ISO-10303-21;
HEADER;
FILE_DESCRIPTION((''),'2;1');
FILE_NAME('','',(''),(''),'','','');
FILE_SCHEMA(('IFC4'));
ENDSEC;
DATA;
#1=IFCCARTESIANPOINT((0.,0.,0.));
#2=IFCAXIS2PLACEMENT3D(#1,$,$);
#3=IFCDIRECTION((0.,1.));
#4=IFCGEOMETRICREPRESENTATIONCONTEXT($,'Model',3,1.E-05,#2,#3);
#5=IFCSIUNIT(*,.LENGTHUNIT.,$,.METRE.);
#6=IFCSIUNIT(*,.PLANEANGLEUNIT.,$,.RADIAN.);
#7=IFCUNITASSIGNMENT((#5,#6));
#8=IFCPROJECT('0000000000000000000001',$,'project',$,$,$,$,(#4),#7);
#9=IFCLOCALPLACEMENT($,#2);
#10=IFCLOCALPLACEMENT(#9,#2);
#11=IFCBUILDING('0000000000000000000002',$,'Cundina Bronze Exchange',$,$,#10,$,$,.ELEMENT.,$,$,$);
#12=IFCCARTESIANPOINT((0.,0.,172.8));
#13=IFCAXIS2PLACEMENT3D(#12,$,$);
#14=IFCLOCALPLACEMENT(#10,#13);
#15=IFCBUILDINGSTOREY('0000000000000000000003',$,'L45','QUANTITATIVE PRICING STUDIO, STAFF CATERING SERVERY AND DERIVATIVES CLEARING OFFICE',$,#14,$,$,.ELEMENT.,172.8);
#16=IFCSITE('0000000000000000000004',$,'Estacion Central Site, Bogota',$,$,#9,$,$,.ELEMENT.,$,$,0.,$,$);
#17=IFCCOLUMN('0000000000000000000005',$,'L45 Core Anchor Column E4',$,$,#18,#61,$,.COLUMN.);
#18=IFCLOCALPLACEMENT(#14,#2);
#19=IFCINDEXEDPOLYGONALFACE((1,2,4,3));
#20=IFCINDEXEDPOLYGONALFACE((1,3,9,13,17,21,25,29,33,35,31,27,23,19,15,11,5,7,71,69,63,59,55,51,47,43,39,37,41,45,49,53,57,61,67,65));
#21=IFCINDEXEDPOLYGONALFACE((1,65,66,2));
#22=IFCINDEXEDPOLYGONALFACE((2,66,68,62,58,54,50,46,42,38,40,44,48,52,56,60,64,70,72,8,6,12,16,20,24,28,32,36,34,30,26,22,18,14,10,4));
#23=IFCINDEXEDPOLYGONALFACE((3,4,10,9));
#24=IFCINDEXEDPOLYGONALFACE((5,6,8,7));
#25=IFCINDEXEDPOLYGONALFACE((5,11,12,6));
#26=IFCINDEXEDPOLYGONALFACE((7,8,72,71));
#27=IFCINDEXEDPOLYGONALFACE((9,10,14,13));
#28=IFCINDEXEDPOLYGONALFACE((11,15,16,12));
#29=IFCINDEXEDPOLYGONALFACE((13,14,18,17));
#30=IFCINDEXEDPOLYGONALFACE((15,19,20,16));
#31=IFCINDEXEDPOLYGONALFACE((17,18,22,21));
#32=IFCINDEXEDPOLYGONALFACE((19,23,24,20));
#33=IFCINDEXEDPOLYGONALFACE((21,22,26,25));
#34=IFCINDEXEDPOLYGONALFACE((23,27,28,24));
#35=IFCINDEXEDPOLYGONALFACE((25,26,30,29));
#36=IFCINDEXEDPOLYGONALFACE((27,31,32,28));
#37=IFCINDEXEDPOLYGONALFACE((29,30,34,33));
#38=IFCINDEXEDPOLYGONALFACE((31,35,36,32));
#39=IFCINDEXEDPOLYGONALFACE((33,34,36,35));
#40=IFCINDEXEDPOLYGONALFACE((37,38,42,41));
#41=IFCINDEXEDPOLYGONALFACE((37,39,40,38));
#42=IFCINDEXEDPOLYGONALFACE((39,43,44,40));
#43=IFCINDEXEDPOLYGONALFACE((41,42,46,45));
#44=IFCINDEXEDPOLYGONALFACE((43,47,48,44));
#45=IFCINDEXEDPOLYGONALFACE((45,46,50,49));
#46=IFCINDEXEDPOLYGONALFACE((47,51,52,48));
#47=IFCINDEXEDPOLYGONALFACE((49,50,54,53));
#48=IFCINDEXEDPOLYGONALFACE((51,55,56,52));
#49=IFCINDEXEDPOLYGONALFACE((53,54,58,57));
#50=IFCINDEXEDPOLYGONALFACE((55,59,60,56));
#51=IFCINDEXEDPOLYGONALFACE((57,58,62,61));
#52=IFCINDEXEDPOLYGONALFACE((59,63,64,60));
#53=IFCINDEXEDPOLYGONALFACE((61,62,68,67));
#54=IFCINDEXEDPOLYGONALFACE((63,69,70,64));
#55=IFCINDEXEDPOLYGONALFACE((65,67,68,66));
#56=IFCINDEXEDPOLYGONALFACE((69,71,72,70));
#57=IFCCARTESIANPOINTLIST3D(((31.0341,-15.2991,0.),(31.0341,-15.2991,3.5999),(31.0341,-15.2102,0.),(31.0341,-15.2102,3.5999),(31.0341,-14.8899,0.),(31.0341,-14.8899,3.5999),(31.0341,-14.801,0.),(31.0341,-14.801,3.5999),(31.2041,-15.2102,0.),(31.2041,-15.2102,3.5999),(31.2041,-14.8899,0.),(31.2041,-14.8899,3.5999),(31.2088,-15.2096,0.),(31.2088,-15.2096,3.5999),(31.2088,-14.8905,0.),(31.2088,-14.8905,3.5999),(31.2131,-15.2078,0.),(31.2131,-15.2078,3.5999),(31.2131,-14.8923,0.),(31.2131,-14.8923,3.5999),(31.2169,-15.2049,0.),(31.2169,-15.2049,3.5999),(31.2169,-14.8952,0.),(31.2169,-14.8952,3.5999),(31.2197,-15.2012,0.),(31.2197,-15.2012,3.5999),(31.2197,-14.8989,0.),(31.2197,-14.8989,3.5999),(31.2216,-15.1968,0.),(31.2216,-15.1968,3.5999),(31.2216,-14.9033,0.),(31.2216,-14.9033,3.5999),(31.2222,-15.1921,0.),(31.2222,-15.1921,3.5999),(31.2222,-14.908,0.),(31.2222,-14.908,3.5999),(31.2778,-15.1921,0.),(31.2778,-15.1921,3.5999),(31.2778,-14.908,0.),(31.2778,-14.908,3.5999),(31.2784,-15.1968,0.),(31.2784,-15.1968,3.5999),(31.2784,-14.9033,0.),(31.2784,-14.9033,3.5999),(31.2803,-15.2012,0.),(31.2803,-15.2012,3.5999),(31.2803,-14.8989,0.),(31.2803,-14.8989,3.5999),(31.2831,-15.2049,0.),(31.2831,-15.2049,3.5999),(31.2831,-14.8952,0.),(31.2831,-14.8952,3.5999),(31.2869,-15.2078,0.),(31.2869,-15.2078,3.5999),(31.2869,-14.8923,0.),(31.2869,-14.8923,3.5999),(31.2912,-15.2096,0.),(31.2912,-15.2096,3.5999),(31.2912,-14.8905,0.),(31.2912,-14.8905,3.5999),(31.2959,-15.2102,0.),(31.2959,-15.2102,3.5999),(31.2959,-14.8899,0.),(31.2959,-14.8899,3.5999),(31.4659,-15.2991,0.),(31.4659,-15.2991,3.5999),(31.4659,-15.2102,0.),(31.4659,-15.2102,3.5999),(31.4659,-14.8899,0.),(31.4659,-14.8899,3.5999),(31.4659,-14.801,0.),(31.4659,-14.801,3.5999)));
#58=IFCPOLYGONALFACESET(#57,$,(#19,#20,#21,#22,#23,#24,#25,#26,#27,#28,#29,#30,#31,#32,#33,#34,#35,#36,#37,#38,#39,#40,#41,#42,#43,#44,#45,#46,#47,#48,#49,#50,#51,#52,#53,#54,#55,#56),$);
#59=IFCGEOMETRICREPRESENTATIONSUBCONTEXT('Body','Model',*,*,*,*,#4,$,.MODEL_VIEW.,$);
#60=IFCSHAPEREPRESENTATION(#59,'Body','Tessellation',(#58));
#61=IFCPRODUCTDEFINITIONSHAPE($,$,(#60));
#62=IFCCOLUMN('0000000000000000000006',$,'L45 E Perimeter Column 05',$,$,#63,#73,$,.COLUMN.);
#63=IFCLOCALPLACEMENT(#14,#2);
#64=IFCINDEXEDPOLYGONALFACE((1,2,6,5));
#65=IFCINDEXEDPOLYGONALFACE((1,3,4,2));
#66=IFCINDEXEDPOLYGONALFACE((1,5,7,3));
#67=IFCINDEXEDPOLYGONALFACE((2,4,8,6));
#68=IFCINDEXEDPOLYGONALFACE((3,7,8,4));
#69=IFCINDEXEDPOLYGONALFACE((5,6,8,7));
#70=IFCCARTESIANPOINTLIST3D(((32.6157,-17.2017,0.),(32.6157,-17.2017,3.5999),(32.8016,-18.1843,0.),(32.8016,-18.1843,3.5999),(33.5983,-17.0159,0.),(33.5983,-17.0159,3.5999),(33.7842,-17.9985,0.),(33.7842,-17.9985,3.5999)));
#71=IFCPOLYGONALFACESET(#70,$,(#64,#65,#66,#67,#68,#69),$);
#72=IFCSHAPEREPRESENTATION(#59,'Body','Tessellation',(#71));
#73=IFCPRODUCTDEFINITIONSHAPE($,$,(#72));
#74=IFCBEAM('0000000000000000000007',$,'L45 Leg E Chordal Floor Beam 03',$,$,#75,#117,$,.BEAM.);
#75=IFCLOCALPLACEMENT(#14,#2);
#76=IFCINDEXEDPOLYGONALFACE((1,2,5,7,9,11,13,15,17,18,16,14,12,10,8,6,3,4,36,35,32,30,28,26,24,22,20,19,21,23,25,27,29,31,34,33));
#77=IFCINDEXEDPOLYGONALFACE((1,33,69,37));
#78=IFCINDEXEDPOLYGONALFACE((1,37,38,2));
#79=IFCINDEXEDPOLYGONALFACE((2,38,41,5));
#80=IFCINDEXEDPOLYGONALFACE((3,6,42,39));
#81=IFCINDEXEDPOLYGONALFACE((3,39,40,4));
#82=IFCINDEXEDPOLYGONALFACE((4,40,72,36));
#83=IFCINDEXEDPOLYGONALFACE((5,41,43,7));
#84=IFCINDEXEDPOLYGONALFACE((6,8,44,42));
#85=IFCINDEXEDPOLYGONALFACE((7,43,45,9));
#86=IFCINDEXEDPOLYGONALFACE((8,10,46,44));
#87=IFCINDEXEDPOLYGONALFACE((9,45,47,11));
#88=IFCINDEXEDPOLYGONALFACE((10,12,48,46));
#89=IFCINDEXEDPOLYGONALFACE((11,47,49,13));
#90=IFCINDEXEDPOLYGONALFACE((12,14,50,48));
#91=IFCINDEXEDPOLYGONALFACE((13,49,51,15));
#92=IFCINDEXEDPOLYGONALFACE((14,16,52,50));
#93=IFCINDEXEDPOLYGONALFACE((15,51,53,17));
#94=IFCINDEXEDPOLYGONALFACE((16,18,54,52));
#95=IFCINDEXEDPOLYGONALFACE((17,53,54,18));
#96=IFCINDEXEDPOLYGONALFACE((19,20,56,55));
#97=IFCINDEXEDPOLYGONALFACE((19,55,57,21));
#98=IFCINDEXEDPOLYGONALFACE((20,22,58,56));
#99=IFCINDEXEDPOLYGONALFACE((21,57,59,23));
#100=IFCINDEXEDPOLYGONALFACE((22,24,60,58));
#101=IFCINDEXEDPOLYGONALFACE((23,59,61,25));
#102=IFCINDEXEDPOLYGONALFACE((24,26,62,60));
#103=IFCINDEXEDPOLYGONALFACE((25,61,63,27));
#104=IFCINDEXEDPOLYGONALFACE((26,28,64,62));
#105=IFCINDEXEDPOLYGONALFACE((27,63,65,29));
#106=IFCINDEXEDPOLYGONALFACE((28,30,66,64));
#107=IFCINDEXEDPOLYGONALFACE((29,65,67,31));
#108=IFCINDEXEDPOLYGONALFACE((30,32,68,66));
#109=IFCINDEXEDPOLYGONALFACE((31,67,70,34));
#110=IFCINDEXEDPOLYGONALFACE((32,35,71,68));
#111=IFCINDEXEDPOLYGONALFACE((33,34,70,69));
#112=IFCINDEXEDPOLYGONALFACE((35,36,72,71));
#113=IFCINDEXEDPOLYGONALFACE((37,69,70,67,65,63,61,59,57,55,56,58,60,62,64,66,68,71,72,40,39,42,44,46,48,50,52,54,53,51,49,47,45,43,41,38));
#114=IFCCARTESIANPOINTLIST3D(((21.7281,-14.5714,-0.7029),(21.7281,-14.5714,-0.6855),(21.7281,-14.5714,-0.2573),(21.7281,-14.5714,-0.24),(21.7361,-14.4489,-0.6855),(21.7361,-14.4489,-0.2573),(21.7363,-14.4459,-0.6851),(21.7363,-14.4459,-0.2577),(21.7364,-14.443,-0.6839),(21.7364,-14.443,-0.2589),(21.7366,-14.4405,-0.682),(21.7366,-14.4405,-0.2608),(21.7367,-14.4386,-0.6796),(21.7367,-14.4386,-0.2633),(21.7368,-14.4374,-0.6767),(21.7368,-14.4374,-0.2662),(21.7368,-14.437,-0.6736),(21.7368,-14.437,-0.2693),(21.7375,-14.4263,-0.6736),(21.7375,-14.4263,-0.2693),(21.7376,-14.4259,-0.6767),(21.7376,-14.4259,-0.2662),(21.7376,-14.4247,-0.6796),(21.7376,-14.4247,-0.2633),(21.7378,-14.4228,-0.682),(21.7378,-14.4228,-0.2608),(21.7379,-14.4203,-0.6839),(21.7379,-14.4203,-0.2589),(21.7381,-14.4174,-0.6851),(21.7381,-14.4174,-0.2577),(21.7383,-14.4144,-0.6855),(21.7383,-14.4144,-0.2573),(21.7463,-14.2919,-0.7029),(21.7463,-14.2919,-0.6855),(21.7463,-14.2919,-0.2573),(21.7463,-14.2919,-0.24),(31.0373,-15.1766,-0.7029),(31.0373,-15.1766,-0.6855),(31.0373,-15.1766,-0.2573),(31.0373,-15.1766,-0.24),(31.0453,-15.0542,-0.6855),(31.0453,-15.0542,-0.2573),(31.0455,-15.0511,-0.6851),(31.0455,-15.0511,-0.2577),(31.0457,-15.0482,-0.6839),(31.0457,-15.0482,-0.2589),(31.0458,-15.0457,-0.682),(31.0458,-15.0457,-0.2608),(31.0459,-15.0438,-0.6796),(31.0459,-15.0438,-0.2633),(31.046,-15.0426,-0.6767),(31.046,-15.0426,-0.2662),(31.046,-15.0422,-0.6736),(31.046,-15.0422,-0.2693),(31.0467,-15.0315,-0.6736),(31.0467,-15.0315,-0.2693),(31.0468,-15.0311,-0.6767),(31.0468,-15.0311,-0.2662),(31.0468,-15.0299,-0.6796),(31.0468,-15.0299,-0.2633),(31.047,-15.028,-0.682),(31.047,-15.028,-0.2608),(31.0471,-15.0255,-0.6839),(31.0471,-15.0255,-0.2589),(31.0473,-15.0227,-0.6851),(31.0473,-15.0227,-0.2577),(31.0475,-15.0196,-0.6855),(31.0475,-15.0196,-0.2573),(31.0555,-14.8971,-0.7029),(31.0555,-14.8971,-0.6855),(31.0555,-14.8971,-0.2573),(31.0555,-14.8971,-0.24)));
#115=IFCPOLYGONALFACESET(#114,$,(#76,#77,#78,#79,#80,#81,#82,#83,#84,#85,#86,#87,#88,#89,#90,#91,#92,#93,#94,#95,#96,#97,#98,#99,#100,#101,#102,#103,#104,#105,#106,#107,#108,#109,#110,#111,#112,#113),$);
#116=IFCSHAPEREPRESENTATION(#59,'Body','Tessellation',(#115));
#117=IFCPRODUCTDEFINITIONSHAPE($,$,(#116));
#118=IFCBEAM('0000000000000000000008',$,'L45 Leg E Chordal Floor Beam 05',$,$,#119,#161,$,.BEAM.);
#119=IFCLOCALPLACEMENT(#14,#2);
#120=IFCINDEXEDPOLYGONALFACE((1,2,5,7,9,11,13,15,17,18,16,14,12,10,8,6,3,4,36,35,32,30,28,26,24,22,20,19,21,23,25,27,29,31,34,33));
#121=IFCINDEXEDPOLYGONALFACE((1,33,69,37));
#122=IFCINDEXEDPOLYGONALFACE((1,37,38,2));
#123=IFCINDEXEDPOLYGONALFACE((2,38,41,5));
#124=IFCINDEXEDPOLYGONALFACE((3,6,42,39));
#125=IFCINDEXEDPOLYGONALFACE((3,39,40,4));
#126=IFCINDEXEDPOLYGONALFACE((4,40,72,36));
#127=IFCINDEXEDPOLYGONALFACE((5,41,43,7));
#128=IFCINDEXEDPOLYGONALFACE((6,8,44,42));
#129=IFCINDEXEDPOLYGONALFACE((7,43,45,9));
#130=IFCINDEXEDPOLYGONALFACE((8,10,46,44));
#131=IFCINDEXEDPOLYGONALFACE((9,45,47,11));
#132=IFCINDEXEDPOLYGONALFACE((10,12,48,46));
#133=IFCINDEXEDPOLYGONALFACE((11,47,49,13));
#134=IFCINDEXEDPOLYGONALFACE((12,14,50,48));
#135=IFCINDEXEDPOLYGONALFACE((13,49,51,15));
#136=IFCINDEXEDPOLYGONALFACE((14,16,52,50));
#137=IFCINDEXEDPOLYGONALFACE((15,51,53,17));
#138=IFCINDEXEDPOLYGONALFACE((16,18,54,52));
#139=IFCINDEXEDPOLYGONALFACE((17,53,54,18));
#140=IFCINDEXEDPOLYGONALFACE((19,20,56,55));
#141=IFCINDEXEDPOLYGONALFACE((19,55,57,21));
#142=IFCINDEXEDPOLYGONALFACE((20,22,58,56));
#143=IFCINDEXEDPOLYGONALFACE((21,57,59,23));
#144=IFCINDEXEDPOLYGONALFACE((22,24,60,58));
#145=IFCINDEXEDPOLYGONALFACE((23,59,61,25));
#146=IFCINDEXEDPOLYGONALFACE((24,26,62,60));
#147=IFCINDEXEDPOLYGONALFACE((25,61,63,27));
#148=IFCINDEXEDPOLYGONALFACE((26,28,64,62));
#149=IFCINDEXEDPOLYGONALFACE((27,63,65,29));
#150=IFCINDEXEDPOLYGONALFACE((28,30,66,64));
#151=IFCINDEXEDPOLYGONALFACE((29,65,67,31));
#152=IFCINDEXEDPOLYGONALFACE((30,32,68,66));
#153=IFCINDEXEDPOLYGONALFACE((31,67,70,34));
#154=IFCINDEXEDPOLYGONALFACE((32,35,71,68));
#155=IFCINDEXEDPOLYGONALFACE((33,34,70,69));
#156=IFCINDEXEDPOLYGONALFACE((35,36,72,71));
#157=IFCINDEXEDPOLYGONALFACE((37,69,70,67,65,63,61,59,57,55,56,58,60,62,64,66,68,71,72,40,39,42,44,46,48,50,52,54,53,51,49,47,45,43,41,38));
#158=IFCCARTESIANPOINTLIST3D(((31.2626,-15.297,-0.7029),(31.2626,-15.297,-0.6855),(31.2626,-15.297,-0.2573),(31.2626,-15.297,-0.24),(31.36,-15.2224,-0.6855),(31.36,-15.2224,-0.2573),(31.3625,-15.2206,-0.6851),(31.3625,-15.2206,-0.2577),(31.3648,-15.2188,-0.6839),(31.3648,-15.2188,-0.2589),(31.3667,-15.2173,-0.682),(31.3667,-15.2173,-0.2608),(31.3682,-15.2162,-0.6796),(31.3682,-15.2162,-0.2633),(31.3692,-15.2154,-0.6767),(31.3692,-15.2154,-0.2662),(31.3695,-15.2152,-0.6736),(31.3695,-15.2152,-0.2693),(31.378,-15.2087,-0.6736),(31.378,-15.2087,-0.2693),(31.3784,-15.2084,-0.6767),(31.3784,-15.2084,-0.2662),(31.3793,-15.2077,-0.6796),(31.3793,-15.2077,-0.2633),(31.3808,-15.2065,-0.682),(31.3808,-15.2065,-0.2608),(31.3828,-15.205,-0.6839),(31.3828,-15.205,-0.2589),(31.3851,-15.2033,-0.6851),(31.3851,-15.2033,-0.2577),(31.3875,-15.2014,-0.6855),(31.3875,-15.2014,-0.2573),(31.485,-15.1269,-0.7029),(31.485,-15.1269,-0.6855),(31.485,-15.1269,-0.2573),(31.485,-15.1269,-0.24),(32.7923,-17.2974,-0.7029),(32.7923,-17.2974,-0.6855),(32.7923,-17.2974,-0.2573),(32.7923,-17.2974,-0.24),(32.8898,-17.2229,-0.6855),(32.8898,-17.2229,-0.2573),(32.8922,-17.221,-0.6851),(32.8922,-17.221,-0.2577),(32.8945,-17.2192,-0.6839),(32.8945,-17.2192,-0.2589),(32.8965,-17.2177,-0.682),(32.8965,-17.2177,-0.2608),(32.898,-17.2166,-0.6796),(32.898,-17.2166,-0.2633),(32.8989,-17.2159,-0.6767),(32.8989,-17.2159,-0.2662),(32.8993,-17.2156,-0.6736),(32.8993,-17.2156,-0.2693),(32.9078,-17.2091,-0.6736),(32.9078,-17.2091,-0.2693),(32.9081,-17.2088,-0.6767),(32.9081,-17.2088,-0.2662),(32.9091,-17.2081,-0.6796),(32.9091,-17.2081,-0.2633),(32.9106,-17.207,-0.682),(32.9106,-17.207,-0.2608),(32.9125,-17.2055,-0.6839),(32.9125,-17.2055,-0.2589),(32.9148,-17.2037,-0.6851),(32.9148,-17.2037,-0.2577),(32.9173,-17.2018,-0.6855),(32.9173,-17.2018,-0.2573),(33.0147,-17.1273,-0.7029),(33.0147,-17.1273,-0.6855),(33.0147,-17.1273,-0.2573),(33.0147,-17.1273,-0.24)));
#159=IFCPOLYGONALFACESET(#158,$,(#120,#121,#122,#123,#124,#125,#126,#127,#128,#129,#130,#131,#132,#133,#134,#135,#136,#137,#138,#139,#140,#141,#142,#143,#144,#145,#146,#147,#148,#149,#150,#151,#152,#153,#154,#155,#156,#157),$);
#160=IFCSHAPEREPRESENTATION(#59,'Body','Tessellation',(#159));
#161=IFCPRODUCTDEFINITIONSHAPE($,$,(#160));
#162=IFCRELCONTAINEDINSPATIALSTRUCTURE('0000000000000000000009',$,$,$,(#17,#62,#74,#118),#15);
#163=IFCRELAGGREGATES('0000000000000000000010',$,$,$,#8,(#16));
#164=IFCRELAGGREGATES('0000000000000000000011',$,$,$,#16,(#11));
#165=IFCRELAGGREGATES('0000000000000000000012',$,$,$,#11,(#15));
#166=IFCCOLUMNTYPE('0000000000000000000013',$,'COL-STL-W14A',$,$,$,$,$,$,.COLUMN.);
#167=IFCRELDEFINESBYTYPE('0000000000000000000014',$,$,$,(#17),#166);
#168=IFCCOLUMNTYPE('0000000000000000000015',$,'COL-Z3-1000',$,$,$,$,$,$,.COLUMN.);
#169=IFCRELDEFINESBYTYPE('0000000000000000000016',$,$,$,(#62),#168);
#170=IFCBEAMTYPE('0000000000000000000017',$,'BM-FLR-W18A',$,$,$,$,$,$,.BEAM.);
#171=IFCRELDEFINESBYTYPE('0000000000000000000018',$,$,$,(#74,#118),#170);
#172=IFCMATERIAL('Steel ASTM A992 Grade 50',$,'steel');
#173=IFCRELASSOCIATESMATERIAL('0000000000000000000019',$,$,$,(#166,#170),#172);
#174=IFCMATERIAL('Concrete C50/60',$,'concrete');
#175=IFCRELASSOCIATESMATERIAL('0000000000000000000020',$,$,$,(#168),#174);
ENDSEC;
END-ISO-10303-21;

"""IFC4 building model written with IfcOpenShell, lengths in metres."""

from ifc_helpers import new_model, si_unit, direction, frame, origin, origin_2d, place, context, subcontext, project, spatial, rectangle, i_section, extrude, material, material_profile, profile_set, type_object, element, save


model = new_model("IFC4")

# Units and contexts
model_context = context("Model", 3, precision=1e-05, world=origin(), true_north=direction((0.0, 1.0)))
body_context = subcontext(model_context, "Body", "Model", "MODEL_VIEW")
ifc_project = project(units=[si_unit("LENGTHUNIT", "METRE"), si_unit("PLANEANGLEUNIT", "RADIAN")], contexts=[model_context])

# Site, building, storey
site_placement = place(None, origin())
site = spatial("IfcSite", under=ifc_project, at=site_placement, Name="Estacion Central Site, Bogota", CompositionType="ELEMENT", RefElevation=0.0)
building_placement = place(site_placement, origin())
building = spatial("IfcBuilding", under=site, at=building_placement, Name="Cundina Bronze Exchange", CompositionType="ELEMENT")
storey_placement = place(building_placement, frame((0.0, 0.0, 172.8)))
storey = spatial("IfcBuildingStorey", under=building, at=storey_placement, Name="L45", Description="QUANTITATIVE PRICING STUDIO, STAFF CATERING SERVERY AND DERIVATIVES CLEARING OFFICE", CompositionType="ELEMENT", Elevation=172.8)

# Columns
ifc_material_1 = material(Name="Steel ASTM A992 Grade 50", Category="steel")
ifc_material_profile_1 = material_profile(ifc_material_1, i_section(OverallWidth=0.4319, OverallDepth=0.498, WebThickness=0.0557, FlangeThickness=0.0889, FilletRadius=0.0181, at=origin_2d()), Name="W14X500", Category="steel")
ifc_profile_set_1 = profile_set([ifc_material_profile_1], Name="Steel ASTM A992 Grade 50")
column_type_1 = type_object("IfcColumnType", Name="COL-STL-W14A", PredefinedType="COLUMN", material=ifc_profile_set_1)
column_1_placement = place(storey_placement, frame((31.25, -15.05, 0.0), z_axis=(0.0, 0.0, 1.0), x_axis=(1.0, 0.0, 0.0)))
element("IfcColumn", 1, at=column_1_placement, inside=storey, type_object=column_type_1, Name="L45 Core Anchor Column E4", PredefinedType="COLUMN", context=body_context, shape_type="SweptSolid", body=[
    extrude(i_section(OverallWidth=0.4319, OverallDepth=0.498, WebThickness=0.0557, FlangeThickness=0.0889, FilletRadius=0.0181, at=origin_2d()), origin(), (0.0, 0.0, 1.0), 3.5999),
])
ifc_material_2 = material(Name="Concrete C50/60", Category="concrete")
ifc_material_profile_2 = material_profile(ifc_material_2, rectangle(XDim=1.0, YDim=1.0, at=origin_2d()), Name="RC1000X1000", Category="concrete")
ifc_profile_set_2 = profile_set([ifc_material_profile_2], Name="Concrete C50/60")
column_type_2 = type_object("IfcColumnType", Name="COL-Z3-1000", PredefinedType="COLUMN", material=ifc_profile_set_2)
column_2_placement = place(storey_placement, frame((33.2, -17.6001, 0.0), z_axis=(0.0, 0.0, 1.0), x_axis=(0.98258, 0.185838, 0.0)))
element("IfcColumn", 2, at=column_2_placement, inside=storey, type_object=column_type_2, Name="L45 E Perimeter Column 05", PredefinedType="COLUMN", context=body_context, shape_type="SweptSolid", body=[
    extrude(rectangle(XDim=1.0, YDim=1.0, at=origin_2d()), origin(), (0.0, 0.0, 1.0), 3.5999),
])

# Beams
ifc_material_profile_3 = material_profile(ifc_material_1, i_section(OverallWidth=0.28, OverallDepth=0.4629, WebThickness=0.0107, FlangeThickness=0.0173, FilletRadius=0.012, at=origin_2d()), Name="W18X76", Category="steel")
ifc_profile_set_3 = profile_set([ifc_material_profile_3], Name="Steel ASTM A992 Grade 50")
beam_type_1 = type_object("IfcBeamType", Name="BM-FLR-W18A", PredefinedType="BEAM", material=ifc_profile_set_3)
beam_1_placement = place(storey_placement, frame((31.0464, -15.0369, -0.4714), z_axis=(-0.997893, 0.064876, 0.0), x_axis=(-0.064876, -0.997893, 0.0)))
element("IfcBeam", 3, at=beam_1_placement, inside=storey, type_object=beam_type_1, Name="L45 Leg E Chordal Floor Beam 03", PredefinedType="BEAM", context=body_context, shape_type="SweptSolid", body=[
    extrude(i_section(OverallWidth=0.28, OverallDepth=0.4629, WebThickness=0.0107, FlangeThickness=0.0173, FilletRadius=0.012, at=origin_2d()), origin(), (0.0, 0.0, 1.0), 9.3289),
])
beam_2_placement = place(storey_placement, frame((31.3738, -15.2119, -0.4714), z_axis=(0.60745, -0.794358, 0.0), x_axis=(0.794358, 0.60745, 0.0)))
element("IfcBeam", 4, at=beam_2_placement, inside=storey, type_object=beam_type_1, Name="L45 Leg E Chordal Floor Beam 05", PredefinedType="BEAM", context=body_context, shape_type="SweptSolid", body=[
    extrude(i_section(OverallWidth=0.28, OverallDepth=0.4629, WebThickness=0.0107, FlangeThickness=0.0173, FilletRadius=0.012, at=origin_2d()), origin(), (0.0, 0.0, 1.0), 2.5183),
])

save(model, "model.ifc")
